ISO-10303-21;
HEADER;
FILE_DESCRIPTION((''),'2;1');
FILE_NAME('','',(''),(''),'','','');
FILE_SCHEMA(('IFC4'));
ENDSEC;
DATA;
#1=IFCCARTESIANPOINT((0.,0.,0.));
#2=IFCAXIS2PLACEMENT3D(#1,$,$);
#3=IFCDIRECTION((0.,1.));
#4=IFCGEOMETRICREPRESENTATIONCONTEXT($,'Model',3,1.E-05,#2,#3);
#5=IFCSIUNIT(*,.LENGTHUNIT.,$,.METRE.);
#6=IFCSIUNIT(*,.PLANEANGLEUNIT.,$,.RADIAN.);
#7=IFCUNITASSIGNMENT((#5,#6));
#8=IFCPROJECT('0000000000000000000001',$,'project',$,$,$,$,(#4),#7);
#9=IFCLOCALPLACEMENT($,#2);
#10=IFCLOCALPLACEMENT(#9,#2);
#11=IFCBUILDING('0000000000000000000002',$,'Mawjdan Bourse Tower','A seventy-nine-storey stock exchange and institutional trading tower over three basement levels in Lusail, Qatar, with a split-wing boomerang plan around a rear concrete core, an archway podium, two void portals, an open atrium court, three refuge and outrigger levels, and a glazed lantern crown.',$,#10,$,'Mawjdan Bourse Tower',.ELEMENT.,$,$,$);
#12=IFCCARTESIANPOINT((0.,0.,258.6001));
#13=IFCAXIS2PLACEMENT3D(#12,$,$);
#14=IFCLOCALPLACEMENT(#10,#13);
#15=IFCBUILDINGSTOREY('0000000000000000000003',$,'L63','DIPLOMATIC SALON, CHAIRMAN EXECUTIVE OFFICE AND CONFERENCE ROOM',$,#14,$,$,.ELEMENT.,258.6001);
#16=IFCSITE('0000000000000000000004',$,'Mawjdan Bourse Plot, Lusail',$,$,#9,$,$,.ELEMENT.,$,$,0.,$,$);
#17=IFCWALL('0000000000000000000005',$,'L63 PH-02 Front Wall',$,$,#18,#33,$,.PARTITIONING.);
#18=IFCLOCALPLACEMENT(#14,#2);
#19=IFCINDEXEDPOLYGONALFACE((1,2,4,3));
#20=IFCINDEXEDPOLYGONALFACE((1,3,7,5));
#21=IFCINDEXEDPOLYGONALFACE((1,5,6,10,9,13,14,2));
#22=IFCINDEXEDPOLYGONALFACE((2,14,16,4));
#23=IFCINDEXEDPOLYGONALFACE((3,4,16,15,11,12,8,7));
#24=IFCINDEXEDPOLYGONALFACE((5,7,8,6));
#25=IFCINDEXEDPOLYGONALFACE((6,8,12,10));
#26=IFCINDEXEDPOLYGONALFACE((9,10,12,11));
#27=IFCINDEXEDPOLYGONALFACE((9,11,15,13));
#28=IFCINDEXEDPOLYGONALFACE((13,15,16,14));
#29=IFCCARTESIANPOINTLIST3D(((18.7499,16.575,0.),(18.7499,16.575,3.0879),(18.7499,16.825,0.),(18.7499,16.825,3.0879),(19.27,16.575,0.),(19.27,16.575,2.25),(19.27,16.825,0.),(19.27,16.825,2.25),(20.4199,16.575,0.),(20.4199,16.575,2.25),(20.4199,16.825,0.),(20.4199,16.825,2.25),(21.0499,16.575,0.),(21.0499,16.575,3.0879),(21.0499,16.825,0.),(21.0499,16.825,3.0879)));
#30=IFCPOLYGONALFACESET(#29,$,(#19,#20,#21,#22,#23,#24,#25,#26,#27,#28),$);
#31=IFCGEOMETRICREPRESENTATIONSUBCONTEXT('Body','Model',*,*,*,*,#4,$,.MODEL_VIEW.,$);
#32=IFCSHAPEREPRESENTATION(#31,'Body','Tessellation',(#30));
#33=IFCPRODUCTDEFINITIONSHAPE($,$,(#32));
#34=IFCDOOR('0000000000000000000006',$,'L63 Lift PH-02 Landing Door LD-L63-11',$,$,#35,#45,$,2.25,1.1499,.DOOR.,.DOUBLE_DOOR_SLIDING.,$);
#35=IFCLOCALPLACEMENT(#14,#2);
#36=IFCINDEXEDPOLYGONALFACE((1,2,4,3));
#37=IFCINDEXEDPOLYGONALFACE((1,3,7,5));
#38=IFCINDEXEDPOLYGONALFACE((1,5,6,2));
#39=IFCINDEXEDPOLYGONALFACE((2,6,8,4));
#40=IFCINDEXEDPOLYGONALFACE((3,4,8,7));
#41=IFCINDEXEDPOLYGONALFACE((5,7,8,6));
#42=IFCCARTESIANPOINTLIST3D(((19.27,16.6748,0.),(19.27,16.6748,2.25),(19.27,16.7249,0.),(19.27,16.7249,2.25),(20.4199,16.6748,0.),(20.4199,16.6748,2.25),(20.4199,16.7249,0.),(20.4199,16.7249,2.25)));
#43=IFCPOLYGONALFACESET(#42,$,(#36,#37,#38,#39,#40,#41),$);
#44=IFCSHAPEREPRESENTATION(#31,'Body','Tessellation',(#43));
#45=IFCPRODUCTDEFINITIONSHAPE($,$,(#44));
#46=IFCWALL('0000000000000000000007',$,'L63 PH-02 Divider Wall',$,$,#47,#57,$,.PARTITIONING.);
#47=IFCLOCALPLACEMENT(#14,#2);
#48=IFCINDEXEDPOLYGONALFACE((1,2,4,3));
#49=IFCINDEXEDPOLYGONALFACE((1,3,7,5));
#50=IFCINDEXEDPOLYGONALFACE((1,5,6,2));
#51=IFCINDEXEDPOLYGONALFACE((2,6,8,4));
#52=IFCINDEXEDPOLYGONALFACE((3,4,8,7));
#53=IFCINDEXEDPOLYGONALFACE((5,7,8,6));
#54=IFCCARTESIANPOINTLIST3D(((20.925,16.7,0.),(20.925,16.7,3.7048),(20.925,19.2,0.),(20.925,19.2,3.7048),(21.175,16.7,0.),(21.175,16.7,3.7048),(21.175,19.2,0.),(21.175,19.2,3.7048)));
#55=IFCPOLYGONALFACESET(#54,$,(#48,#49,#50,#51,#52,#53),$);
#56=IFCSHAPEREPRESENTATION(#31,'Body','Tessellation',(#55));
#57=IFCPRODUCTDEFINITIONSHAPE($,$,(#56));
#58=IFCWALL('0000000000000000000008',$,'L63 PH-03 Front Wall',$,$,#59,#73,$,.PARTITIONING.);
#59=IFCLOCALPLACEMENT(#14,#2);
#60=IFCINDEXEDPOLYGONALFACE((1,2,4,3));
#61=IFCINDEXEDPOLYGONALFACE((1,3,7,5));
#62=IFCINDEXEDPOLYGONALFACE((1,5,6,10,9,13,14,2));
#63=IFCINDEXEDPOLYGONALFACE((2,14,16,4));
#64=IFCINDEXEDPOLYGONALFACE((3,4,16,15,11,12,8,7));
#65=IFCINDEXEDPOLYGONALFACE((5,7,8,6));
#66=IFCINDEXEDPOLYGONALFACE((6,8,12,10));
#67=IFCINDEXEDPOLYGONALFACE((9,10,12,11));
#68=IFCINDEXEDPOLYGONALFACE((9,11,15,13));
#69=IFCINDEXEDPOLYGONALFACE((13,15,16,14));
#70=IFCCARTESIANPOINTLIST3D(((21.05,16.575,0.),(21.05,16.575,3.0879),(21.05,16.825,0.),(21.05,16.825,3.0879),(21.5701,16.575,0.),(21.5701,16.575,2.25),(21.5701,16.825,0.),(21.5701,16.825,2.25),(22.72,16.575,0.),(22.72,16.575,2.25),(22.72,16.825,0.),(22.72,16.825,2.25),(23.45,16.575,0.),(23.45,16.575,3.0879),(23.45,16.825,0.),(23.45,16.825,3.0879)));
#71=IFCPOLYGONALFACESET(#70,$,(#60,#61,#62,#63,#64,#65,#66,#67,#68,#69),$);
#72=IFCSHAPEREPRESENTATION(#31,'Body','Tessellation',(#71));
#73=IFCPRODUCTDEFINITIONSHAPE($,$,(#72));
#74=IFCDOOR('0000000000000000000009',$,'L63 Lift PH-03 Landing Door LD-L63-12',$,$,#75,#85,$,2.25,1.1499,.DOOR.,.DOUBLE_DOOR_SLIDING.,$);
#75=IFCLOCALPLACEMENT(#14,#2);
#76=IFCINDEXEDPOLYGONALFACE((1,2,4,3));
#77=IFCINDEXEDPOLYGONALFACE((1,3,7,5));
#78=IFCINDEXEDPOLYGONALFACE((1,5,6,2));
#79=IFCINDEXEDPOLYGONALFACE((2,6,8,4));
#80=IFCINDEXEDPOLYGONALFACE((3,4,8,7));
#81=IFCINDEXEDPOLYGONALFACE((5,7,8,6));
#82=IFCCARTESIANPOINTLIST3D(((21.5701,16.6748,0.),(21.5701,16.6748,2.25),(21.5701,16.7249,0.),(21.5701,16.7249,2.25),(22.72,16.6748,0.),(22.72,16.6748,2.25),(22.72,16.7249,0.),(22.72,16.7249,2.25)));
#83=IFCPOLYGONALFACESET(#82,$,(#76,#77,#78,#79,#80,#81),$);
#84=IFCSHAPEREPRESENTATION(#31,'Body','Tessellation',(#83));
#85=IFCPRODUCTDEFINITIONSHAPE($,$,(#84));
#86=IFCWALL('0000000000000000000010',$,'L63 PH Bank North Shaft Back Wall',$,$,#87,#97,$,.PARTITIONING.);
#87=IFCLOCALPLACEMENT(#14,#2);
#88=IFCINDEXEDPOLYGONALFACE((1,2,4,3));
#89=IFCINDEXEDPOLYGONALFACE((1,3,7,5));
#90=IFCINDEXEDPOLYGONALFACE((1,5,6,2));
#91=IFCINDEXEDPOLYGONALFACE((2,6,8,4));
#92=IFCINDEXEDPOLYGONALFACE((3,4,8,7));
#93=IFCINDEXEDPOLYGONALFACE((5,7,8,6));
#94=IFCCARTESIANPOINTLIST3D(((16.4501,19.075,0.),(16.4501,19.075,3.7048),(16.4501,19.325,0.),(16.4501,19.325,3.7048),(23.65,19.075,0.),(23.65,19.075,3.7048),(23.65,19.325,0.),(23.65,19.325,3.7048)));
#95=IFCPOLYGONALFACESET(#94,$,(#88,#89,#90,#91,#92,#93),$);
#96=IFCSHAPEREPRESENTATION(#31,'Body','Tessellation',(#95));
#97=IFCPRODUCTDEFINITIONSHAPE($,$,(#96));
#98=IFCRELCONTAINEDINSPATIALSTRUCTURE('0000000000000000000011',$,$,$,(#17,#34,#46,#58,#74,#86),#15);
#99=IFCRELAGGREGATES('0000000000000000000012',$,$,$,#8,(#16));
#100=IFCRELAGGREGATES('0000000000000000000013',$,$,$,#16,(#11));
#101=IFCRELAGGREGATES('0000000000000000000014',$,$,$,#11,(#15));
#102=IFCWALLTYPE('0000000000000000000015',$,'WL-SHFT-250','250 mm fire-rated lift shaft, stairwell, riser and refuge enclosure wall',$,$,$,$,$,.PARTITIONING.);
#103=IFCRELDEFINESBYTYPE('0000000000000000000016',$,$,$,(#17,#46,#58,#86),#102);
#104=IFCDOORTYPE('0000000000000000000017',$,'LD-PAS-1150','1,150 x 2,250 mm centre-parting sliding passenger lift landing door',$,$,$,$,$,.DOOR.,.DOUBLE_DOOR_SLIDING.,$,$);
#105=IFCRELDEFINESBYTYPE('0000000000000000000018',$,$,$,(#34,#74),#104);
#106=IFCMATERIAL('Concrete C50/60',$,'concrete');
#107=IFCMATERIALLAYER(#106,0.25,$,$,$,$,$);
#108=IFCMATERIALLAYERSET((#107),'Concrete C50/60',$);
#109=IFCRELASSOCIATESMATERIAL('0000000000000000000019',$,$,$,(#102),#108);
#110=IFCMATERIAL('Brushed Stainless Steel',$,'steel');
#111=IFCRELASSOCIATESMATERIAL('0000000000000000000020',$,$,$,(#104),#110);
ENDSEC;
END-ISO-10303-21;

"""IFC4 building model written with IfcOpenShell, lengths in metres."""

from ifc_helpers import new_model, si_unit, direction, frame, frame_2d, origin, place, context, subcontext, project, spatial, rectangle, extrude, material, layer, layer_set, type_object, element, fill, save


model = new_model("IFC4")

# Units and contexts
model_context = context("Model", 3, precision=1e-05, world=origin(), true_north=direction((0.0, 1.0)))
body_context = subcontext(model_context, "Body", "Model", "MODEL_VIEW")
ifc_project = project(units=[si_unit("LENGTHUNIT", "METRE"), si_unit("PLANEANGLEUNIT", "RADIAN")], contexts=[model_context])

# Site, building, storey
site_placement = place(None, origin())
site = spatial("IfcSite", under=ifc_project, at=site_placement, Name="Mawjdan Bourse Plot, Lusail", CompositionType="ELEMENT", RefElevation=0.0)
building_placement = place(site_placement, origin())
building = spatial("IfcBuilding", under=site, at=building_placement, Name="Mawjdan Bourse Tower", Description="A seventy-nine-storey stock exchange and institutional trading tower over three basement levels in Lusail, Qatar, with a split-wing boomerang plan around a rear concrete core, an archway podium, two void portals, an open atrium court, three refuge and outrigger levels, and a glazed lantern crown.", LongName="Mawjdan Bourse Tower", CompositionType="ELEMENT")
storey_placement = place(building_placement, frame((0.0, 0.0, 258.6001)))
storey = spatial("IfcBuildingStorey", under=building, at=storey_placement, Name="L63", Description="DIPLOMATIC SALON, CHAIRMAN EXECUTIVE OFFICE AND CONFERENCE ROOM", CompositionType="ELEMENT", Elevation=258.6001)

# Shared definitions
ifc_material_1 = material(Name="Concrete C50/60", Category="concrete")
ifc_layer_1 = layer(ifc_material_1, 0.25)
ifc_layer_set_1 = layer_set([ifc_layer_1], Name="Concrete C50/60")
wall_type_1 = type_object("IfcWallType", Name="WL-SHFT-250", Description="250 mm fire-rated lift shaft, stairwell, riser and refuge enclosure wall", PredefinedType="PARTITIONING", material=ifc_layer_set_1)

# Shared definitions
ifc_material_2 = material(Name="Brushed Stainless Steel", Category="steel")
door_type_1 = type_object("IfcDoorType", Name="LD-PAS-1150", Description="1,150 x 2,250 mm centre-parting sliding passenger lift landing door", OperationType="DOUBLE_DOOR_SLIDING", PredefinedType="DOOR", material=ifc_material_2)

# Wall, opening, door
wall_1_placement = place(storey_placement, frame((18.75, 16.7, 0.0), z_axis=(0.0, 0.0, 1.0), x_axis=(1.0, 0.0, 0.0)))
wall_1 = element("IfcWall", 1, at=wall_1_placement, inside=storey, type_object=wall_type_1, Name="L63 PH-02 Front Wall", PredefinedType="PARTITIONING", context=body_context, shape_type="SweptSolid", body=[
    extrude(rectangle(XDim=2.3, YDim=0.25, at=frame_2d((1.1499, 0.0))), origin(), (0.0, 0.0, 1.0), 3.0879),
])
opening_1_placement = place(wall_1_placement, frame((0.52, 0.0, 0.0)))
opening_1 = element("IfcOpeningElement", 2, at=opening_1_placement, cuts=wall_1, PredefinedType="OPENING", context=body_context, shape_type="SweptSolid", body=[
    extrude(rectangle(XDim=1.1499, YDim=2.25, at=frame_2d((0.575, 1.125))), frame((0.0, 0.135, 0.0), z_axis=(0.0, -1.0, 0.0), x_axis=(1.0, 0.0, 0.0)), (0.0, 0.0, 1.0), 0.27),
])
door_1_placement = place(opening_1_placement, origin())
door_1 = element("IfcDoor", 3, at=door_1_placement, inside=storey, type_object=door_type_1, Name="L63 Lift PH-02 Landing Door LD-L63-11", OperationType="DOUBLE_DOOR_SLIDING", OverallHeight=2.25, OverallWidth=1.1499, PredefinedType="DOOR", context=body_context, shape_type="SweptSolid", body=[
    extrude(rectangle(XDim=1.1499, YDim=2.25, at=frame_2d((0.575, 1.125))), frame((0.0, 0.0249, 0.0), z_axis=(0.0, -1.0, 0.0), x_axis=(1.0, 0.0, 0.0)), (0.0, 0.0, 1.0), 0.05),
])
fill(opening_1, door_1)

# Wall
wall_2_placement = place(storey_placement, frame((21.05, 16.7, 0.0), z_axis=(0.0, 0.0, 1.0), x_axis=(0.0, 1.0, 0.0)))
element("IfcWall", 4, at=wall_2_placement, inside=storey, type_object=wall_type_1, Name="L63 PH-02 Divider Wall", PredefinedType="PARTITIONING", context=body_context, shape_type="SweptSolid", body=[
    extrude(rectangle(XDim=2.5, YDim=0.25, at=frame_2d((1.25, 0.0))), origin(), (0.0, 0.0, 1.0), 3.7048),
])

# Wall, opening, door
wall_3_placement = place(storey_placement, frame((21.05, 16.7, 0.0), z_axis=(0.0, 0.0, 1.0), x_axis=(1.0, 0.0, 0.0)))
wall_3 = element("IfcWall", 5, at=wall_3_placement, inside=storey, type_object=wall_type_1, Name="L63 PH-03 Front Wall", PredefinedType="PARTITIONING", context=body_context, shape_type="SweptSolid", body=[
    extrude(rectangle(XDim=2.3999, YDim=0.25, at=frame_2d((1.2, 0.0))), origin(), (0.0, 0.0, 1.0), 3.0879),
])
opening_2_placement = place(wall_3_placement, frame((0.52, 0.0, 0.0)))
opening_2 = element("IfcOpeningElement", 6, at=opening_2_placement, cuts=wall_3, PredefinedType="OPENING", context=body_context, shape_type="SweptSolid", body=[
    extrude(rectangle(XDim=1.1499, YDim=2.25, at=frame_2d((0.575, 1.125))), frame((0.0, 0.135, 0.0), z_axis=(0.0, -1.0, 0.0), x_axis=(1.0, 0.0, 0.0)), (0.0, 0.0, 1.0), 0.27),
])
door_2_placement = place(opening_2_placement, origin())
door_2 = element("IfcDoor", 7, at=door_2_placement, inside=storey, type_object=door_type_1, Name="L63 Lift PH-03 Landing Door LD-L63-12", OperationType="DOUBLE_DOOR_SLIDING", OverallHeight=2.25, OverallWidth=1.1499, PredefinedType="DOOR", context=body_context, shape_type="SweptSolid", body=[
    extrude(rectangle(XDim=1.1499, YDim=2.25, at=frame_2d((0.575, 1.125))), frame((0.0, 0.0249, 0.0), z_axis=(0.0, -1.0, 0.0), x_axis=(1.0, 0.0, 0.0)), (0.0, 0.0, 1.0), 0.05),
])
fill(opening_2, door_2)

# Wall
wall_4_placement = place(storey_placement, frame((16.45, 19.2, 0.0), z_axis=(0.0, 0.0, 1.0), x_axis=(1.0, 0.0, 0.0)))
element("IfcWall", 8, at=wall_4_placement, inside=storey, type_object=wall_type_1, Name="L63 PH Bank North Shaft Back Wall", PredefinedType="PARTITIONING", context=body_context, shape_type="SweptSolid", body=[
    extrude(rectangle(XDim=7.2, YDim=0.25, at=frame_2d((3.6001, 0.0))), origin(), (0.0, 0.0, 1.0), 3.7048),
])

save(model, "model.ifc")
